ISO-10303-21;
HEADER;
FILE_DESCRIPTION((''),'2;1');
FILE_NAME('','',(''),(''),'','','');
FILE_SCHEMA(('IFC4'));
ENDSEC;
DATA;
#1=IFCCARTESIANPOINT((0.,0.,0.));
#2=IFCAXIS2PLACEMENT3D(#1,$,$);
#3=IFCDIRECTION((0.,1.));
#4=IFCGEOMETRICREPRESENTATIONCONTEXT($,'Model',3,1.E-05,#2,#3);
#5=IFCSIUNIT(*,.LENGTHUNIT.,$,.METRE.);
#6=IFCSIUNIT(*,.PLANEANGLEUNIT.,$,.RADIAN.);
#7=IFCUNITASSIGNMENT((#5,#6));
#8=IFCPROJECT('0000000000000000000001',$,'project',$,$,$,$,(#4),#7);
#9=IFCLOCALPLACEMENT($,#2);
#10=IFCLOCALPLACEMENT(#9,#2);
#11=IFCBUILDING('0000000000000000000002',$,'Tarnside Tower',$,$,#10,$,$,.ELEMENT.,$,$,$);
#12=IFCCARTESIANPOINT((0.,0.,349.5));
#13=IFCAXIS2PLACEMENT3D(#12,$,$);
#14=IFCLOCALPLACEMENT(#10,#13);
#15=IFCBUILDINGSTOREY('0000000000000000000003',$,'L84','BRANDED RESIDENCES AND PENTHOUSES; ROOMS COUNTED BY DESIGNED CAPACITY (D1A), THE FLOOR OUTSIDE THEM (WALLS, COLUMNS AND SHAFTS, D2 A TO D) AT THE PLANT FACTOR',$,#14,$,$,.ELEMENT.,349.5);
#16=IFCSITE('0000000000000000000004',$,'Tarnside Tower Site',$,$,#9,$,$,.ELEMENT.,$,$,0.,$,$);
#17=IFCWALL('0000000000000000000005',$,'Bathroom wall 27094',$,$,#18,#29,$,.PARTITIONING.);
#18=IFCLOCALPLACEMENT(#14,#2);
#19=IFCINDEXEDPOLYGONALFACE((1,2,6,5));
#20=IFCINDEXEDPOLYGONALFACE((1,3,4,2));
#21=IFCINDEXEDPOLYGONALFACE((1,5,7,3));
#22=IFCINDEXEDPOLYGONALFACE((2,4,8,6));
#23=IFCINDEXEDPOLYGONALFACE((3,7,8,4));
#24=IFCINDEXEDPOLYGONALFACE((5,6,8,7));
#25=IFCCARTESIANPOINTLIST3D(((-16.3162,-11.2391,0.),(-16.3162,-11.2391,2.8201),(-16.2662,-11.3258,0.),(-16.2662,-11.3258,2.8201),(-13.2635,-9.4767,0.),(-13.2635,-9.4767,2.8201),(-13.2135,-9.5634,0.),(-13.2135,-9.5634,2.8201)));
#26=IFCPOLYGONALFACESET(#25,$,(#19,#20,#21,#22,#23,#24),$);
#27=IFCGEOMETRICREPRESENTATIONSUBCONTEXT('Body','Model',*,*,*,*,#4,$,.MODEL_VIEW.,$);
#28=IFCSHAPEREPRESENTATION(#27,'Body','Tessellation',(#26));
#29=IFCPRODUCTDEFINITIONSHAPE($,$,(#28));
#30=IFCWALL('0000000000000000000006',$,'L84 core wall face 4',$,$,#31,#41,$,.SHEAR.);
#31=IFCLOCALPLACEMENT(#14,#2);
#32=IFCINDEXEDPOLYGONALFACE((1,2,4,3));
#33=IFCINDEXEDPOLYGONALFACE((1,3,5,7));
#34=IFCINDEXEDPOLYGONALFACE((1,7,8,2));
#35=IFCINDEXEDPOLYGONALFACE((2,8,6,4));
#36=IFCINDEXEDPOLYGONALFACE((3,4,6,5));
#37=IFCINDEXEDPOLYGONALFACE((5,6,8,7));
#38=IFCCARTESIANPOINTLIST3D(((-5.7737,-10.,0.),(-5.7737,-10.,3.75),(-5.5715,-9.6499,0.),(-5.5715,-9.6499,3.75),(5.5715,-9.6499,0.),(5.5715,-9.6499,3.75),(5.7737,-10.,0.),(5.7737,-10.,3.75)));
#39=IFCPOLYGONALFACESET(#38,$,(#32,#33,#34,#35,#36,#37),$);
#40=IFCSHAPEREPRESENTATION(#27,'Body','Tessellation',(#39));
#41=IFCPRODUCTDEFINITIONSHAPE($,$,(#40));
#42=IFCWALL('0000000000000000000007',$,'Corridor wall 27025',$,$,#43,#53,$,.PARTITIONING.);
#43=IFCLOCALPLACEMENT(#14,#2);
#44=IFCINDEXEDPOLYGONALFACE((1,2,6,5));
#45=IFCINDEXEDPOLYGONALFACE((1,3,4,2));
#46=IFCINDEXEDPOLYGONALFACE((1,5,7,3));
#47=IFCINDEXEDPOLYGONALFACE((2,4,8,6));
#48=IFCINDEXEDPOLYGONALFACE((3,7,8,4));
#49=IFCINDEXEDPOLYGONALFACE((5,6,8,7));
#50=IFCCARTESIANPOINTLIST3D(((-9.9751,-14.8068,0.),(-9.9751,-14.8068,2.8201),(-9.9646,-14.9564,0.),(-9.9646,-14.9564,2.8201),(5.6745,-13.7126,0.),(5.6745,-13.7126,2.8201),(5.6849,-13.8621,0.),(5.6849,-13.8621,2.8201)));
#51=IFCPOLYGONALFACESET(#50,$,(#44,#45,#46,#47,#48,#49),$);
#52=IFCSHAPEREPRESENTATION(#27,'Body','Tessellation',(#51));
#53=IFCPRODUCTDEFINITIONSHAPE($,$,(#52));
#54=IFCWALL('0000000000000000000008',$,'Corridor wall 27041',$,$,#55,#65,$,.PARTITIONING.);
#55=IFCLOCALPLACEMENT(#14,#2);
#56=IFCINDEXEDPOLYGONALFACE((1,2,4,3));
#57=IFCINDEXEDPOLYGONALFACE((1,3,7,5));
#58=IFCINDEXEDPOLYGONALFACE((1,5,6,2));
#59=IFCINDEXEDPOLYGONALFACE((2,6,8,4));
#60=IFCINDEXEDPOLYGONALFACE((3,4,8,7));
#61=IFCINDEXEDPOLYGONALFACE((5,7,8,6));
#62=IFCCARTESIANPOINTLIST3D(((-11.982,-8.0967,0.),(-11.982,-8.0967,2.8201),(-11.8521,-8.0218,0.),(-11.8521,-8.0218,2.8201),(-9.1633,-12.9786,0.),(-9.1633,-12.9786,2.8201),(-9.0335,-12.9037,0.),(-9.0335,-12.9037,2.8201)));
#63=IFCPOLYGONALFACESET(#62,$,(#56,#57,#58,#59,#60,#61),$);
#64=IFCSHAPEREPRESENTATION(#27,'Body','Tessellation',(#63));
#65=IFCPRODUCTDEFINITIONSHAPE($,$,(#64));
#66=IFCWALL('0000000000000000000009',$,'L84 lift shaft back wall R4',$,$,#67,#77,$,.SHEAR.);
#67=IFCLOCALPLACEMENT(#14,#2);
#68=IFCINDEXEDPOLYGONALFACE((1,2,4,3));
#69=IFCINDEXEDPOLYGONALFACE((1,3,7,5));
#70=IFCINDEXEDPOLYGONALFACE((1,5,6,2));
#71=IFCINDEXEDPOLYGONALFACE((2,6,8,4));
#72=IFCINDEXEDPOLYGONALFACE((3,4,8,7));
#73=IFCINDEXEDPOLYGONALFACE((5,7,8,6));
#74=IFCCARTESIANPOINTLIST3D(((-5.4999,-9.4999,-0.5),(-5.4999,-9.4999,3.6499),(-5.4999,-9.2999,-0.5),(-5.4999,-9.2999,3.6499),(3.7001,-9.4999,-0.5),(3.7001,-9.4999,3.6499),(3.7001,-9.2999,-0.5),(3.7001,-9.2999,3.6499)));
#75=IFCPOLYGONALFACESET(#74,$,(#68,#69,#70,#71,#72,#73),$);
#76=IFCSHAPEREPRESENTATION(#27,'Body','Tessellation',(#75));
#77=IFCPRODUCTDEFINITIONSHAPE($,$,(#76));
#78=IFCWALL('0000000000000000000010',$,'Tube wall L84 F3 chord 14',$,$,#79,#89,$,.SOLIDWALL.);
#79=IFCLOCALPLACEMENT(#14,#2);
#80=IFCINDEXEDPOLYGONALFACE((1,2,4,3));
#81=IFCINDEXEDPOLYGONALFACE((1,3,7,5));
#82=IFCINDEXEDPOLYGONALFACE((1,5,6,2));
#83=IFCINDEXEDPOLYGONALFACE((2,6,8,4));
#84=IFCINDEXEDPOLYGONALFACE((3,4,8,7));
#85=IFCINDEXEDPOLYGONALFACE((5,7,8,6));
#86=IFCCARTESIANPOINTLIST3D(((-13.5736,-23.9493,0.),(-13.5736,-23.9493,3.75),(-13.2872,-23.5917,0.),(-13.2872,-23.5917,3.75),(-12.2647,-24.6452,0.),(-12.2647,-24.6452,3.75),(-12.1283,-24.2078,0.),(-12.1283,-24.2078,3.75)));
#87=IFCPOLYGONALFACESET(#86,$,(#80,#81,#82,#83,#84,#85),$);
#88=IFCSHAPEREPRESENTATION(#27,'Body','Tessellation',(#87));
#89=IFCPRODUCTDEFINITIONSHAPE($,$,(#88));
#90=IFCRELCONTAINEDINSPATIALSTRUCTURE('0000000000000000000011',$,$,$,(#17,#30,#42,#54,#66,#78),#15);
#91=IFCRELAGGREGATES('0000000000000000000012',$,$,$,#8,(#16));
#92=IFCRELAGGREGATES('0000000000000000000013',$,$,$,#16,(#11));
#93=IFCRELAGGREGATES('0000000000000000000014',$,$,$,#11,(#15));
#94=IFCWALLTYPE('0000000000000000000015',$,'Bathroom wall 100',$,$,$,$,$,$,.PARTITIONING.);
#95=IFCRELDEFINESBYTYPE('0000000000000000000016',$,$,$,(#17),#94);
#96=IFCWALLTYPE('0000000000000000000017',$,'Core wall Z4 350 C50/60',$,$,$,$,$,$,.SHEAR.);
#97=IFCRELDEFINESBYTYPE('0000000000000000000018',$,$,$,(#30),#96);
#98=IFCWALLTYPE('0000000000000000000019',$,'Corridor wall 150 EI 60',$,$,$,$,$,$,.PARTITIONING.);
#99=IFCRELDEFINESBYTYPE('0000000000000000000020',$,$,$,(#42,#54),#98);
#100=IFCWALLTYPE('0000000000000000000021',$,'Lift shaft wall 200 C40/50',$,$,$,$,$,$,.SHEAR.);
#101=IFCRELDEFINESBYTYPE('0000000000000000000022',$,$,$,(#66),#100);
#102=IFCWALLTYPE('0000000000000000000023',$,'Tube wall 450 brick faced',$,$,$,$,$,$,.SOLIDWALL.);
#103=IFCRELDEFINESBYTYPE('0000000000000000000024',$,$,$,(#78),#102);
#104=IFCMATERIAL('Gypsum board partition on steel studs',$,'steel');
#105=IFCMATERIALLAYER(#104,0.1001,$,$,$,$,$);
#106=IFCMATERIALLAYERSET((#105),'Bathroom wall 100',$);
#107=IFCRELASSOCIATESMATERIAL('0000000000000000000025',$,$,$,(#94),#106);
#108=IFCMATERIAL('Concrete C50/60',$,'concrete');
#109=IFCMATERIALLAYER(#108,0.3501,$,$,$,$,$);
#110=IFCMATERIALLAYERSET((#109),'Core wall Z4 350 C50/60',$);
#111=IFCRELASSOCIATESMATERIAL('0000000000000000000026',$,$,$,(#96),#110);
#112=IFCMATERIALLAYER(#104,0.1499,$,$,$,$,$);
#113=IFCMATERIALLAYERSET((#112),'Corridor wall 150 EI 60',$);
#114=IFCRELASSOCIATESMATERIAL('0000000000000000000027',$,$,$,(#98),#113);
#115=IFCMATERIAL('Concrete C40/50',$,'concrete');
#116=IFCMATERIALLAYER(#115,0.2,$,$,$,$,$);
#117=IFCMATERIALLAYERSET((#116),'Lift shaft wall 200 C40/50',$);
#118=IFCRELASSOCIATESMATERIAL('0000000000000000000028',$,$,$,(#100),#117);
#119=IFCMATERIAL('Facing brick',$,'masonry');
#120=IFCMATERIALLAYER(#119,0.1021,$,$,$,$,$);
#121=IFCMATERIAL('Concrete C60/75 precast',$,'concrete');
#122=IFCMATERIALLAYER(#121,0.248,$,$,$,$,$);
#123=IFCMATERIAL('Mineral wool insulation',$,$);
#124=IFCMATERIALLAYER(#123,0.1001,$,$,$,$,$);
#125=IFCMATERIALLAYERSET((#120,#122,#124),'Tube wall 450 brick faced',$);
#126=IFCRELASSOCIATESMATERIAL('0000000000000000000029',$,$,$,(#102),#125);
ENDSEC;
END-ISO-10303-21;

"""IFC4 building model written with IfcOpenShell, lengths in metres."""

from ifc_helpers import new_model, si_unit, direction, frame, frame_2d, origin, place, context, subcontext, project, spatial, polyline, rectangle, outline, extrude, material, layer, layer_set, type_object, element, save


model = new_model("IFC4")

# Units and contexts
model_context = context("Model", 3, precision=1e-05, world=origin(), true_north=direction((0.0, 1.0)))
body_context = subcontext(model_context, "Body", "Model", "MODEL_VIEW")
ifc_project = project(units=[si_unit("LENGTHUNIT", "METRE"), si_unit("PLANEANGLEUNIT", "RADIAN")], contexts=[model_context])

# Site, building, storey
site_placement = place(None, origin())
site = spatial("IfcSite", under=ifc_project, at=site_placement, Name="Tarnside Tower Site", CompositionType="ELEMENT", RefElevation=0.0)
building_placement = place(site_placement, origin())
building = spatial("IfcBuilding", under=site, at=building_placement, Name="Tarnside Tower", CompositionType="ELEMENT")
storey_placement = place(building_placement, frame((0.0, 0.0, 349.5)))
storey = spatial("IfcBuildingStorey", under=building, at=storey_placement, Name="L84", Description="BRANDED RESIDENCES AND PENTHOUSES; ROOMS COUNTED BY DESIGNED CAPACITY (D1A), THE FLOOR OUTSIDE THEM (WALLS, COLUMNS AND SHAFTS, D2 A TO D) AT THE PLANT FACTOR", CompositionType="ELEMENT", Elevation=349.5)

# Walls
ifc_material_1 = material(Name="Gypsum board partition on steel studs", Category="steel")
ifc_layer_1 = layer(ifc_material_1, 0.1001)
ifc_layer_set_1 = layer_set([ifc_layer_1], Name="Bathroom wall 100")
wall_type_1 = type_object("IfcWallType", Name="Bathroom wall 100", PredefinedType="PARTITIONING", material=ifc_layer_set_1)
wall_1_placement = place(storey_placement, frame((-13.2385, -9.52, 0.0), z_axis=(0.0, 0.0, 1.0), x_axis=(-0.866031, -0.49999, 0.0)))
element("IfcWall", 1, at=wall_1_placement, inside=storey, type_object=wall_type_1, Name="Bathroom wall 27094", PredefinedType="PARTITIONING", context=body_context, shape_type="SweptSolid", body=[
    extrude(rectangle(XDim=3.5249, YDim=0.1001, at=frame_2d((1.7625, 0.0))), origin(), (0.0, 0.0, 1.0), 2.8201),
])
ifc_material_2 = material(Name="Concrete C50/60", Category="concrete")
ifc_layer_2 = layer(ifc_material_2, 0.3501)
ifc_layer_set_2 = layer_set([ifc_layer_2], Name="Core wall Z4 350 C50/60")
wall_type_2 = type_object("IfcWallType", Name="Core wall Z4 350 C50/60", PredefinedType="SHEAR", material=ifc_layer_set_2)
wall_2_placement = place(storey_placement, frame((-5.6726, -9.825, 0.0), z_axis=(0.0, 0.0, 1.0), x_axis=(1.0, 0.0, 0.0)))
element("IfcWall", 2, at=wall_2_placement, inside=storey, type_object=wall_type_2, Name="L84 core wall face 4", PredefinedType="SHEAR", context=body_context, shape_type="SweptSolid", body=[
    extrude(outline(polyline([(-0.1011, -0.175), (11.4463, -0.175), (11.2441, 0.175), (0.1011, 0.175), (-0.1011, -0.175)])), origin(), (0.0, 0.0, 1.0), 3.75),
])
ifc_layer_3 = layer(ifc_material_1, 0.1499)
ifc_layer_set_3 = layer_set([ifc_layer_3], Name="Corridor wall 150 EI 60")
wall_type_3 = type_object("IfcWallType", Name="Corridor wall 150 EI 60", PredefinedType="PARTITIONING", material=ifc_layer_set_3)
wall_3_placement = place(storey_placement, frame((-9.9697, -14.8816, 0.0), z_axis=(0.0, 0.0, 1.0), x_axis=(0.997564, 0.069752, 0.0)))
element("IfcWall", 3, at=wall_3_placement, inside=storey, type_object=wall_type_3, Name="Corridor wall 27025", PredefinedType="PARTITIONING", context=body_context, shape_type="SweptSolid", body=[
    extrude(rectangle(XDim=15.6877, YDim=0.1499, at=frame_2d((7.8438, 0.0))), origin(), (0.0, 0.0, 1.0), 2.8201),
])
wall_4_placement = place(storey_placement, frame((-9.0984, -12.9412, 0.0), z_axis=(0.0, 0.0, 1.0), x_axis=(-0.50001, 0.86602, 0.0)))
element("IfcWall", 4, at=wall_4_placement, inside=storey, type_object=wall_type_3, Name="Corridor wall 27041", PredefinedType="PARTITIONING", context=body_context, shape_type="SweptSolid", body=[
    extrude(rectangle(XDim=5.6372, YDim=0.1499, at=frame_2d((2.8186, 0.0))), origin(), (0.0, 0.0, 1.0), 2.8201),
])
ifc_material_3 = material(Name="Concrete C40/50", Category="concrete")
ifc_layer_4 = layer(ifc_material_3, 0.2)
ifc_layer_set_4 = layer_set([ifc_layer_4], Name="Lift shaft wall 200 C40/50")
wall_type_4 = type_object("IfcWallType", Name="Lift shaft wall 200 C40/50", PredefinedType="SHEAR", material=ifc_layer_set_4)
wall_5_placement = place(storey_placement, frame((-5.5, -9.3999, -0.5), z_axis=(0.0, 0.0, 1.0), x_axis=(1.0, 0.0, 0.0)))
element("IfcWall", 5, at=wall_5_placement, inside=storey, type_object=wall_type_4, Name="L84 lift shaft back wall R4", PredefinedType="SHEAR", context=body_context, shape_type="SweptSolid", body=[
    extrude(rectangle(XDim=9.2, YDim=0.2, at=frame_2d((4.6001, 0.0))), origin(), (0.0, 0.0, 1.0), 4.1499),
])

# Shared definitions
ifc_material_4 = material(Name="Concrete C60/75 precast", Category="concrete")
ifc_material_5 = material(Name="Mineral wool insulation")

# Wall
ifc_material_6 = material(Name="Facing brick", Category="masonry")
ifc_layer_5 = layer(ifc_material_6, 0.1021)
ifc_layer_6 = layer(ifc_material_4, 0.248)
ifc_layer_7 = layer(ifc_material_5, 0.1001)
ifc_layer_set_5 = layer_set([ifc_layer_5, ifc_layer_6, ifc_layer_7], Name="Tube wall 450 brick faced")
wall_type_5 = type_object("IfcWallType", Name="Tube wall 450 brick faced", PredefinedType="SOLIDWALL", material=ifc_layer_set_5)
wall_6_placement = place(storey_placement, frame((-13.4304, -23.7705, 0.0), z_axis=(0.0, 0.0, 1.0), x_axis=(0.882966, -0.469436, 0.0)))
element("IfcWall", 6, at=wall_6_placement, inside=storey, type_object=wall_type_5, Name="Tube wall L84 F3 chord 14", PredefinedType="SOLIDWALL", context=body_context, shape_type="SweptSolid", body=[
    extrude(outline(polyline([(-0.0425, -0.2251), (1.4399, -0.2251), (1.355, 0.2251), (0.0425, 0.2251), (-0.0425, -0.2251)])), origin(), (0.0, 0.0, 1.0), 3.75),
])

save(model, "model.ifc")
